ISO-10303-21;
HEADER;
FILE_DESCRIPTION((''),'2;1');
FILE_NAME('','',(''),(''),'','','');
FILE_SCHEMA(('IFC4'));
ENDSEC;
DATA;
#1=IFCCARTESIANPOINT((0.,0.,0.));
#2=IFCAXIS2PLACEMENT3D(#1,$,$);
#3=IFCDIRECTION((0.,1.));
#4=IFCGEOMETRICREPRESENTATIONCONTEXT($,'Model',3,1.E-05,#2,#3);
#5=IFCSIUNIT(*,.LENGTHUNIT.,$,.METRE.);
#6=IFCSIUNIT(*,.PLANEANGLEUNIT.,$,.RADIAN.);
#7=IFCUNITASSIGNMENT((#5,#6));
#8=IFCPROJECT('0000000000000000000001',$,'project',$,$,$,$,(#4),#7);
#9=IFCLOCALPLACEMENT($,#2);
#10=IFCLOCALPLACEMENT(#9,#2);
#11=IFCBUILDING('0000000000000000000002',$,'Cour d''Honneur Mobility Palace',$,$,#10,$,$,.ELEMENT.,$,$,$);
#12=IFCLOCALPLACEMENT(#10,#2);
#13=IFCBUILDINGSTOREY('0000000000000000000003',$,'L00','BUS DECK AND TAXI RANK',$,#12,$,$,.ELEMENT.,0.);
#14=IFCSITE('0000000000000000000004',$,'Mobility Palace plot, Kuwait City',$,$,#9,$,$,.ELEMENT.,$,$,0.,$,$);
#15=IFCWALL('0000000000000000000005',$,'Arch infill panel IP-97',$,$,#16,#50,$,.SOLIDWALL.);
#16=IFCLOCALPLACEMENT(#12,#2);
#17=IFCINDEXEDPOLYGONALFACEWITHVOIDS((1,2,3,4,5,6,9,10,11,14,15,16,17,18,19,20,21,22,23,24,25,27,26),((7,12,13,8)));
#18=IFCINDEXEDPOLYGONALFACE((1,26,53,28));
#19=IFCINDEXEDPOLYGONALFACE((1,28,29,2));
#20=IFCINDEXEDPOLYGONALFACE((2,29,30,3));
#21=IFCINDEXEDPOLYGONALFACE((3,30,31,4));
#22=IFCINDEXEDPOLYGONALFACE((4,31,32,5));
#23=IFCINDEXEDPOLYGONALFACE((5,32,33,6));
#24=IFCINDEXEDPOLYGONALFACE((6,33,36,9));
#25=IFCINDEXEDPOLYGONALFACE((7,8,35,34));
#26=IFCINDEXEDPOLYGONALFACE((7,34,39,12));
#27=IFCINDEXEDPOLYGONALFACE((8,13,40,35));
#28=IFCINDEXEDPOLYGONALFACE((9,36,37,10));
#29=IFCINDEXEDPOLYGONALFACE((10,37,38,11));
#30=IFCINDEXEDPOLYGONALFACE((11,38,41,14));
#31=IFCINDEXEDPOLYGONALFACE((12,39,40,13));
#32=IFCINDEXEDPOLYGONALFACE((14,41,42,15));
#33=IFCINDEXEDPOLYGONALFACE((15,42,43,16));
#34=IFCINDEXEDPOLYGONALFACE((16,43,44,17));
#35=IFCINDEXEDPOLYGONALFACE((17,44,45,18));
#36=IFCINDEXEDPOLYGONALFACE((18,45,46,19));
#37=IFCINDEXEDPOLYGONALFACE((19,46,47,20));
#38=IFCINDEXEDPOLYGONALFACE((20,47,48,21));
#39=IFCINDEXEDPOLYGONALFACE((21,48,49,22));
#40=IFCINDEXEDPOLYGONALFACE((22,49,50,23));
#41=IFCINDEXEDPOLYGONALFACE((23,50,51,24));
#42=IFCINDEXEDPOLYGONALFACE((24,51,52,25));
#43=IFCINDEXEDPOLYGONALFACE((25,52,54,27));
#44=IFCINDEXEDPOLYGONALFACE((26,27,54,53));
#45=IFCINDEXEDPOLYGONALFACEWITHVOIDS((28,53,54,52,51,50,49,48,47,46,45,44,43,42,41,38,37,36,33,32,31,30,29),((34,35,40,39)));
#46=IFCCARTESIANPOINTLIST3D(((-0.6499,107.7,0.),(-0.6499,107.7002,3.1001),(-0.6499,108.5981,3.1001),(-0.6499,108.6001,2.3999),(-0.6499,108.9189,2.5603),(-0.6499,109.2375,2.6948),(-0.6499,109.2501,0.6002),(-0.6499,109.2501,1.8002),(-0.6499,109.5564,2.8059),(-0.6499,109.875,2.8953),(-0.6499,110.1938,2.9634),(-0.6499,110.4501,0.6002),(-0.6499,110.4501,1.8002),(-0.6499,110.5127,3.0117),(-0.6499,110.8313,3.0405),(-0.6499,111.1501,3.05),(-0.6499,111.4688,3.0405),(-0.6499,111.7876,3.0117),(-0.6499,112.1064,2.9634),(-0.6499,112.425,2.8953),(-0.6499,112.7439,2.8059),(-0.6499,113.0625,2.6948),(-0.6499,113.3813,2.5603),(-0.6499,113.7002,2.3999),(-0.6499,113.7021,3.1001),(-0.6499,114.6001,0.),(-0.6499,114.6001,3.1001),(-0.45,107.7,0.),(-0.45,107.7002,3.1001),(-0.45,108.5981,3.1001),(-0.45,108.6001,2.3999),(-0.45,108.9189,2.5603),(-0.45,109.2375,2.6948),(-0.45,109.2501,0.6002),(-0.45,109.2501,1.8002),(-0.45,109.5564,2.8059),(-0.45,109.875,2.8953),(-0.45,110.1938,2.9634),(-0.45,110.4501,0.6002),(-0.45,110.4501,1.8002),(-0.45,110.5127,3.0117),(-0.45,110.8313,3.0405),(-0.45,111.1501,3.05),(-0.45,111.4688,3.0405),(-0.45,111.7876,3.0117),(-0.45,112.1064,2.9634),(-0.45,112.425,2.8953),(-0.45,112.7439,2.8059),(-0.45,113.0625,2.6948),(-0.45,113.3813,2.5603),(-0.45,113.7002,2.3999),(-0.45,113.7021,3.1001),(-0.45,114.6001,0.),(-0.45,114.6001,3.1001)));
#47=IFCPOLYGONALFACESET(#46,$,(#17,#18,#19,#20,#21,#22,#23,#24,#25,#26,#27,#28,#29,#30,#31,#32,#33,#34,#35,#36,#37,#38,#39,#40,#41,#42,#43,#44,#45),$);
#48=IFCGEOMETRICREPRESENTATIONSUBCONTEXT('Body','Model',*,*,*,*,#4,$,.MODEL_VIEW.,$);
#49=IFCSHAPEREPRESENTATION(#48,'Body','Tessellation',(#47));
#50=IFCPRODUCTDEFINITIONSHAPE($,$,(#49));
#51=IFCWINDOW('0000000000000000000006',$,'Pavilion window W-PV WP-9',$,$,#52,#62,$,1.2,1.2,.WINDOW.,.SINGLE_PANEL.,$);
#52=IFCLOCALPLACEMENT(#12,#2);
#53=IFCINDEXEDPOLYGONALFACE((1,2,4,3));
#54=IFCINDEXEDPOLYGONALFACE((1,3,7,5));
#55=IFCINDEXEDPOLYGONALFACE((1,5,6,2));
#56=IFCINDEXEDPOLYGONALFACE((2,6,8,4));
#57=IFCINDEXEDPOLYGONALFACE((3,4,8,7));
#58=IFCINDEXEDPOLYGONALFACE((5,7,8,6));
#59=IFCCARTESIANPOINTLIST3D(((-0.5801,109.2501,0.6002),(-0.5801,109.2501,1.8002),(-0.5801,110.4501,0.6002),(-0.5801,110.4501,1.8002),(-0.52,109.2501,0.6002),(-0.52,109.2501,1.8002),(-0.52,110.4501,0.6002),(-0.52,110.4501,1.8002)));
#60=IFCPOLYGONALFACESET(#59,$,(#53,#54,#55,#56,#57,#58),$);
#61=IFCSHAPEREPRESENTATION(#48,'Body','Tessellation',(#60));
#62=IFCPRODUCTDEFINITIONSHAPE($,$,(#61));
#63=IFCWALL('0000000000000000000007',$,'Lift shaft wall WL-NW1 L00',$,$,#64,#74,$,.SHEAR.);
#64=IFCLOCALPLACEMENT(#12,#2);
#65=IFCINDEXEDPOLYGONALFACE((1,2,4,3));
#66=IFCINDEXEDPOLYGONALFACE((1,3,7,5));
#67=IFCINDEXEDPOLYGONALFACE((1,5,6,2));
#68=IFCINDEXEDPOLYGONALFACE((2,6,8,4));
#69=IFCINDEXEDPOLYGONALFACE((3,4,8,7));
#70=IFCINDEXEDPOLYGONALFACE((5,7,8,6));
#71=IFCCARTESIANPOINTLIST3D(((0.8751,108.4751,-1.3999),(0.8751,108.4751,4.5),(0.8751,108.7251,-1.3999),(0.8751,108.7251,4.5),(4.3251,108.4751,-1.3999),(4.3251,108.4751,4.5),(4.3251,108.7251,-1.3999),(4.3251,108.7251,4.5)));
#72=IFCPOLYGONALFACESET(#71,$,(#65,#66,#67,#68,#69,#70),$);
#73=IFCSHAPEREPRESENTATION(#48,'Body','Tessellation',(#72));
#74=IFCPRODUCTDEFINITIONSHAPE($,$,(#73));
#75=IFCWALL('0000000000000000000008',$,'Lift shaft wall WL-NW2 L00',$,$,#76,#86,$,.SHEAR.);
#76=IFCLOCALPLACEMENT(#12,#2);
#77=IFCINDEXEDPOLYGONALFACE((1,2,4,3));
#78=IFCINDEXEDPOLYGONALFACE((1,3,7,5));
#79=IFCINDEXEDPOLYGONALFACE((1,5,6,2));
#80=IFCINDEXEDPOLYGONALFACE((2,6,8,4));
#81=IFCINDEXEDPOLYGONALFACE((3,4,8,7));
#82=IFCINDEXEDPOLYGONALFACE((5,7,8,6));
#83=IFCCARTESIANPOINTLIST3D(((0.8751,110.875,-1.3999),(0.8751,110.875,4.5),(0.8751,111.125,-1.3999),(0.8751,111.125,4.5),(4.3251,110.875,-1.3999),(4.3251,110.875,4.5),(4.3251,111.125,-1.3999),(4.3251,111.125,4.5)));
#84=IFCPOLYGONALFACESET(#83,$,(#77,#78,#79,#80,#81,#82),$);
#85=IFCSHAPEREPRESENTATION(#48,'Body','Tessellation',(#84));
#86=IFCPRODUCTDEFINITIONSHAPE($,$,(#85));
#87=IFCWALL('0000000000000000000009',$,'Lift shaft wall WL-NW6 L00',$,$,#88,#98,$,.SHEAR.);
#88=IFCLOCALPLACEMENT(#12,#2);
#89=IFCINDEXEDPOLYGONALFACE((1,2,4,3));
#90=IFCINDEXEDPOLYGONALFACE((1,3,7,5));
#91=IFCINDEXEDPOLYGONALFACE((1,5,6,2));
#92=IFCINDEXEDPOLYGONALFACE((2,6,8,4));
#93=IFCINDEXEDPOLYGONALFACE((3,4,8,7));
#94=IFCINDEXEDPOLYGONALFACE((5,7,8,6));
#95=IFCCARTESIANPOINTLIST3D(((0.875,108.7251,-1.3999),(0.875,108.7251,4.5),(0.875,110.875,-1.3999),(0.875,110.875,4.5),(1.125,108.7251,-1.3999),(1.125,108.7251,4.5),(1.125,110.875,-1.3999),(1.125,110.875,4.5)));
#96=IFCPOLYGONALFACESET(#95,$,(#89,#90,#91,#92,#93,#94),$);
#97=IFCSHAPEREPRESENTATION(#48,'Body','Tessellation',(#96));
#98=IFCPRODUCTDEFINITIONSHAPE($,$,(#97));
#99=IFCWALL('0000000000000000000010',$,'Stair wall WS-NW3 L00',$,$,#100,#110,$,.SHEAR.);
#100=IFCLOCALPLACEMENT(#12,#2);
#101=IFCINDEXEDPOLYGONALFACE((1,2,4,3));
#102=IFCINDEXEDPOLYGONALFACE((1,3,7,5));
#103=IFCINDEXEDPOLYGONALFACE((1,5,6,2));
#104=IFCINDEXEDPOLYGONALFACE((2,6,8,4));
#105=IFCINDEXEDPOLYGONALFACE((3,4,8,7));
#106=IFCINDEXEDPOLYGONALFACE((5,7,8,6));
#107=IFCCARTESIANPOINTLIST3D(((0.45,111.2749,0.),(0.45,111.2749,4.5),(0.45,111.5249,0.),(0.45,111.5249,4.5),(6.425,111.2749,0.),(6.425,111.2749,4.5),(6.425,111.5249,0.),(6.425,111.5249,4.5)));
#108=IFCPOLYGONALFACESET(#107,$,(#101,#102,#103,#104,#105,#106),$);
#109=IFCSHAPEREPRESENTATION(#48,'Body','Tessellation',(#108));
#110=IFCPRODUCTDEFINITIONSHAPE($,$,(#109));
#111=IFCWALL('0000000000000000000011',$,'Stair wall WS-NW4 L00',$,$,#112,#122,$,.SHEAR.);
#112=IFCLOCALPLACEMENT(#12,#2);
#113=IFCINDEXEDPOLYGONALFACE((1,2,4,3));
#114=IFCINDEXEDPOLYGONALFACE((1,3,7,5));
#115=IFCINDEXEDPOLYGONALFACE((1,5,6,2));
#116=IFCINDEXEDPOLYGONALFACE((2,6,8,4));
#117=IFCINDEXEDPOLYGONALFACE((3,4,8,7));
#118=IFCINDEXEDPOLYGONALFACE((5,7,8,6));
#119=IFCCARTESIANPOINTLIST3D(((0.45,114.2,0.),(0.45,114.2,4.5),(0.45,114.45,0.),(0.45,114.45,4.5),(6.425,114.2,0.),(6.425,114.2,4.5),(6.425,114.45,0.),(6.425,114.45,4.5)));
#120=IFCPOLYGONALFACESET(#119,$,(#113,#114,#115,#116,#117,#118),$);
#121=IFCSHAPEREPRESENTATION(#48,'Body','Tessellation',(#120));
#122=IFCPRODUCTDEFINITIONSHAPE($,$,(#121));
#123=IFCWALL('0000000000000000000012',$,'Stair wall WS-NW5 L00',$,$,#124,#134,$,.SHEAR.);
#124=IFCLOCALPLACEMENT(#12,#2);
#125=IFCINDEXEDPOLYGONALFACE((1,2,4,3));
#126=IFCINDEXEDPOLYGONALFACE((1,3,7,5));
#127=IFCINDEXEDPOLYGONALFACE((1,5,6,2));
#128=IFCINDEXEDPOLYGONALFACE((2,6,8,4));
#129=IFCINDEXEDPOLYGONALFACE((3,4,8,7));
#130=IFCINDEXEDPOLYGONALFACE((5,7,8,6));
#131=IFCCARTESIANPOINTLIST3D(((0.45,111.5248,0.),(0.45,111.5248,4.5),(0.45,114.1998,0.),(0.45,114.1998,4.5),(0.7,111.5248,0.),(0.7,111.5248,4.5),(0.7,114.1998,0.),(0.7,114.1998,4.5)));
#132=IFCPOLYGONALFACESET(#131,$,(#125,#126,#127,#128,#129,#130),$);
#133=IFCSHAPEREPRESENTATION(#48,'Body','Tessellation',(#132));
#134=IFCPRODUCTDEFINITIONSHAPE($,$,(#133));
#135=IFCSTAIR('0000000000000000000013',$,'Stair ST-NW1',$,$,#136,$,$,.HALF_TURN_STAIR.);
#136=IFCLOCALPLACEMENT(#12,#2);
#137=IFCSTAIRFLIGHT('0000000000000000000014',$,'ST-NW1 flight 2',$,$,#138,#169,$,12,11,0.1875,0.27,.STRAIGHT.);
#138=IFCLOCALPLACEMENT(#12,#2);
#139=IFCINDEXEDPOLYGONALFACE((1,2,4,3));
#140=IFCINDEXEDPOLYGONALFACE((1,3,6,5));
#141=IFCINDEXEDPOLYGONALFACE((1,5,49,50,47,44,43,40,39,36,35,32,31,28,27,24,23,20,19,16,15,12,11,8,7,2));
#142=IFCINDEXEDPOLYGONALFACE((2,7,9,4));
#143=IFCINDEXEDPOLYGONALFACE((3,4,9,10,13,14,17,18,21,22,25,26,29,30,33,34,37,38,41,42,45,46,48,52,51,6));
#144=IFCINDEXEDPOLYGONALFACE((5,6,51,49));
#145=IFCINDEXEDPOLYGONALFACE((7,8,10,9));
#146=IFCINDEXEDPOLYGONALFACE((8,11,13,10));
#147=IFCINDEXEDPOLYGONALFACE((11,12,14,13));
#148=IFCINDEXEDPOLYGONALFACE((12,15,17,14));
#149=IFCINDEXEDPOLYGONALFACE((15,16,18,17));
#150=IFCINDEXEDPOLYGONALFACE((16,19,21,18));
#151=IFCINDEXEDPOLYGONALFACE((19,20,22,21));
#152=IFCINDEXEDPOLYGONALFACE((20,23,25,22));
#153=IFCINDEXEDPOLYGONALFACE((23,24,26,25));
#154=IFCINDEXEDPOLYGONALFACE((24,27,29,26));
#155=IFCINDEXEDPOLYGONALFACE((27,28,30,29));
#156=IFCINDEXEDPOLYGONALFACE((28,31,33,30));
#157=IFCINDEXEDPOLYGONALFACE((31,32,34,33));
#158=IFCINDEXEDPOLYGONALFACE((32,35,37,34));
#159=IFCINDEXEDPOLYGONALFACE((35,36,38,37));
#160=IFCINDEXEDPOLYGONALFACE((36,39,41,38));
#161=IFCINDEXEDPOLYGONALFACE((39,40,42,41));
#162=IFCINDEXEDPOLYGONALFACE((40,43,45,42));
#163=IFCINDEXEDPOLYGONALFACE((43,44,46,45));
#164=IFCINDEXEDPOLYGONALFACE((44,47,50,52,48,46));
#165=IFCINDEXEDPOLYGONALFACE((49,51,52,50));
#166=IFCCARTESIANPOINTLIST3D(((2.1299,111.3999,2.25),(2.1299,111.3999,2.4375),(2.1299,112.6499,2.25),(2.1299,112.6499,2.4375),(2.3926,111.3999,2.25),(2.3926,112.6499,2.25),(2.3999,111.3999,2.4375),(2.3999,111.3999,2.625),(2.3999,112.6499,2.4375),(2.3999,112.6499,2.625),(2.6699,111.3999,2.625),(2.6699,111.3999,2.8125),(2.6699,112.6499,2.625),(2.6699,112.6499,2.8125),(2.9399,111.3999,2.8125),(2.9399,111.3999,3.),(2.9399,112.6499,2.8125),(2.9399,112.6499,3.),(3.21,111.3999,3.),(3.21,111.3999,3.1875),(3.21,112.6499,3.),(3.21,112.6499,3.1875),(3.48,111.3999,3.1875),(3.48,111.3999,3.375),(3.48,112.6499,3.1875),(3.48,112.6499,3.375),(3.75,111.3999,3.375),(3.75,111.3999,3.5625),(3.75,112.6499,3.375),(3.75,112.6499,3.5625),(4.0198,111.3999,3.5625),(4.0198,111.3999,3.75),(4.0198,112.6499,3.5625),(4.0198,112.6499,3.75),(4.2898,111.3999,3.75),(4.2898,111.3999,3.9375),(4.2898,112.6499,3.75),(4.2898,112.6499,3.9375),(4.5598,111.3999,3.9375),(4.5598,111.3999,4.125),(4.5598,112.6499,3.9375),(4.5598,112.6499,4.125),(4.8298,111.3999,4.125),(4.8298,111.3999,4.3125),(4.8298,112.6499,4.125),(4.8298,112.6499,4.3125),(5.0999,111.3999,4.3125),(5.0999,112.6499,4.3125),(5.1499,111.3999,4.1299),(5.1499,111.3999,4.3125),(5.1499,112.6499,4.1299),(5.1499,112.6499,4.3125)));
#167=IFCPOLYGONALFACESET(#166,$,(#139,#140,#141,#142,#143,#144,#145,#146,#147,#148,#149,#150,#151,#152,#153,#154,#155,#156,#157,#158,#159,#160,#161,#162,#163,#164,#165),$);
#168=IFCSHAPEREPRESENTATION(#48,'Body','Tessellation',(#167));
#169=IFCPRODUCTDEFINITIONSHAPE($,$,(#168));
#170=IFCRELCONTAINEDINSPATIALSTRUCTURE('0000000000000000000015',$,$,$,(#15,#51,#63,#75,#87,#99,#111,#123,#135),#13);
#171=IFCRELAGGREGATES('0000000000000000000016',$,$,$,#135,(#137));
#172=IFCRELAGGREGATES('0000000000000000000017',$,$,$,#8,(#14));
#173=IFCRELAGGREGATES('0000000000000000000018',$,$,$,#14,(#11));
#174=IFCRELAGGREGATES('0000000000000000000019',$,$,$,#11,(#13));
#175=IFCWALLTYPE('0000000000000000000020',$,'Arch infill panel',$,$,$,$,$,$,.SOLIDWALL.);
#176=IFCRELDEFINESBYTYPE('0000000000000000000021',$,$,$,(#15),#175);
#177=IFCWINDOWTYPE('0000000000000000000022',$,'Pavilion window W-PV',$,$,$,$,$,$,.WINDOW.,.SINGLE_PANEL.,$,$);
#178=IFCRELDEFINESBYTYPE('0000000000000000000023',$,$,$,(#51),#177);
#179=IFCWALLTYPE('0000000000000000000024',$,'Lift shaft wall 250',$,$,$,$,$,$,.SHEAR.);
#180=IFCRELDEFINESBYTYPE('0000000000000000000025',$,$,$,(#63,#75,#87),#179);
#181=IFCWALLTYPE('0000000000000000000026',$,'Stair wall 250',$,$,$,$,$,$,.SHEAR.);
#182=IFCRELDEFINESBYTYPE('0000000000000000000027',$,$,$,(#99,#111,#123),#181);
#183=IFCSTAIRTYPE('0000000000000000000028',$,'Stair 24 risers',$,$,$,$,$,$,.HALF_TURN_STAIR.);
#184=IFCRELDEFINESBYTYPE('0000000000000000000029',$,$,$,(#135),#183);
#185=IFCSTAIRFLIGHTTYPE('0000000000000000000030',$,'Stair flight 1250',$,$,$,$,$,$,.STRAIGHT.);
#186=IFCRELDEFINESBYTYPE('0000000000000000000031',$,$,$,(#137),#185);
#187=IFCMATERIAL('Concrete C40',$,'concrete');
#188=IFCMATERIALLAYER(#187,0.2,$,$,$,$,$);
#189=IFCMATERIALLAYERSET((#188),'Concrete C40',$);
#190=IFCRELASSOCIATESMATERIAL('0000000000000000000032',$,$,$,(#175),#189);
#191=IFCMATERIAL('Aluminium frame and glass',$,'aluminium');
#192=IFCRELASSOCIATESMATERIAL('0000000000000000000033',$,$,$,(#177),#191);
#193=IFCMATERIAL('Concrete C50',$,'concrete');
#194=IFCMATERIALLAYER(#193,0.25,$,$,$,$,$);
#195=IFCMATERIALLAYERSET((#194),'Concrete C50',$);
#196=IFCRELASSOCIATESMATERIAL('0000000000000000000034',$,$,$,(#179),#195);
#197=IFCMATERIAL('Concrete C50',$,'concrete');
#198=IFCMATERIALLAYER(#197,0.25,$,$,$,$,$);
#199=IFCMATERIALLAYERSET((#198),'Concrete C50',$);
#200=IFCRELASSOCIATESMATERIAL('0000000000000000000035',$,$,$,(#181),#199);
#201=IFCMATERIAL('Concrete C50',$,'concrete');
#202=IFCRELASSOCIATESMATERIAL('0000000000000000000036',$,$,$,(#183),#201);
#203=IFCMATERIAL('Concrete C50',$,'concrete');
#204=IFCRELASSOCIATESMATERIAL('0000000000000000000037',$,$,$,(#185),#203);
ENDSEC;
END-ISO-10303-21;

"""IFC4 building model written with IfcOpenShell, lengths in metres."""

from ifc_helpers import new_model, si_unit, direction, frame, frame_2d, origin, place, context, subcontext, project, spatial, polyline, rectangle, outline, extrude, material, layer, layer_set, type_object, element, fill, aggregate, save


model = new_model("IFC4")

# Units and contexts
model_context = context("Model", 3, precision=1e-05, world=origin(), true_north=direction((0.0, 1.0)))
body_context = subcontext(model_context, "Body", "Model", "MODEL_VIEW")
ifc_project = project(units=[si_unit("LENGTHUNIT", "METRE"), si_unit("PLANEANGLEUNIT", "RADIAN")], contexts=[model_context])

# Site, building, storey
site_placement = place(None, origin())
site = spatial("IfcSite", under=ifc_project, at=site_placement, Name="Mobility Palace plot, Kuwait City", CompositionType="ELEMENT", RefElevation=0.0)
building_placement = place(site_placement, origin())
building = spatial("IfcBuilding", under=site, at=building_placement, Name="Cour d'Honneur Mobility Palace", CompositionType="ELEMENT")
storey_placement = place(building_placement, origin())
storey = spatial("IfcBuildingStorey", under=building, at=storey_placement, Name="L00", Description="BUS DECK AND TAXI RANK", CompositionType="ELEMENT", Elevation=0.0)

# Wall, opening, window
ifc_material_1 = material(Name="Concrete C40", Category="concrete")
ifc_layer_1 = layer(ifc_material_1, 0.2)
ifc_layer_set_1 = layer_set([ifc_layer_1], Name="Concrete C40")
wall_type_1 = type_object("IfcWallType", Name="Arch infill panel", PredefinedType="SOLIDWALL", material=ifc_layer_set_1)
wall_1_placement = place(storey_placement, frame((-0.55, 114.6001, 0.0), z_axis=(0.0, 0.0, 1.0), x_axis=(0.0, -1.0, 0.0)))
wall_1 = element("IfcWall", 1, at=wall_1_placement, inside=storey, type_object=wall_type_1, Name="Arch infill panel IP-97", PredefinedType="SOLIDWALL", context=body_context, shape_type="SweptSolid", body=[
    extrude(outline(polyline([(0.0, 0.0), (6.9001, 0.0), (6.8999, 3.1001), (6.002, 3.1001), (6.0, 2.3999), (5.6812, 2.5603), (5.3625, 2.6948), (5.0437, 2.8059), (4.7251, 2.8953), (4.4062, 2.9634), (4.0874, 3.0117), (3.7688, 3.0405), (3.45, 3.05), (3.1313, 3.0405), (2.8125, 3.0117), (2.4937, 2.9634), (2.175, 2.8953), (1.8562, 2.8059), (1.5376, 2.6948), (1.2188, 2.5603), (0.8999, 2.3999), (0.8979, 3.1001), (0.0, 3.1001), (0.0, 0.0)])), frame((0.0, 0.1001, 0.0), z_axis=(0.0, -1.0, 0.0), x_axis=(1.0, 0.0, 0.0)), (0.0, 0.0, 1.0), 0.2),
])
opening_placement = place(wall_1_placement, frame((4.1499, 0.0, 0.6001)))
opening = element("IfcOpeningElement", 2, at=opening_placement, cuts=wall_1, PredefinedType="OPENING", context=body_context, shape_type="SweptSolid", body=[
    extrude(rectangle(XDim=1.2, YDim=1.2, at=frame_2d((0.6001, 0.6001))), frame((0.0, 0.1099, 0.0), z_axis=(0.0, -1.0, 0.0), x_axis=(1.0, 0.0, 0.0)), (0.0, 0.0, 1.0), 0.22),
])
ifc_material_2 = material(Name="Aluminium frame and glass", Category="aluminium")
window_type = type_object("IfcWindowType", Name="Pavilion window W-PV", PartitioningType="SINGLE_PANEL", PredefinedType="WINDOW", material=ifc_material_2)
window_placement = place(opening_placement, origin())
window = element("IfcWindow", 3, at=window_placement, inside=storey, type_object=window_type, Name="Pavilion window W-PV WP-9", OverallHeight=1.2, OverallWidth=1.2, PartitioningType="SINGLE_PANEL", PredefinedType="WINDOW", context=body_context, shape_type="SweptSolid", body=[
    extrude(rectangle(XDim=1.2, YDim=1.2, at=frame_2d((0.6001, 0.6001))), frame((0.0, 0.03, 0.0), z_axis=(0.0, -1.0, 0.0), x_axis=(1.0, 0.0, 0.0)), (0.0, 0.0, 1.0), 0.0601),
])
fill(opening, window)

# Walls
ifc_material_3 = material(Name="Concrete C50", Category="concrete")
ifc_layer_2 = layer(ifc_material_3, 0.25)
ifc_layer_set_2 = layer_set([ifc_layer_2], Name="Concrete C50")
wall_type_2 = type_object("IfcWallType", Name="Lift shaft wall 250", PredefinedType="SHEAR", material=ifc_layer_set_2)
for number, where, z_axis, x_axis, name in (
    (4, (0.875, 108.6001, -1.3999), (0.0, 0.0, 1.0), (1.0, 0.0, 0.0), "Lift shaft wall WL-NW1 L00"),
    (5, (0.875, 111.0, -1.3999), (0.0, 0.0, 1.0), (1.0, 0.0, 0.0), "Lift shaft wall WL-NW2 L00"),
):
    element("IfcWall", number, at=place(storey_placement, frame(where, z_axis=z_axis, x_axis=x_axis)), inside=storey, type_object=wall_type_2, Name=name, PredefinedType="SHEAR", context=body_context, shape_type="SweptSolid", body=[
        extrude(rectangle(XDim=3.45, YDim=0.25, at=frame_2d((1.7251, 0.0))), origin(), (0.0, 0.0, 1.0), 5.8999),
    ])
wall_2_placement = place(storey_placement, frame((1.0, 108.7251, -1.3999), z_axis=(0.0, 0.0, 1.0), x_axis=(0.0, 1.0, 0.0)))
element("IfcWall", 6, at=wall_2_placement, inside=storey, type_object=wall_type_2, Name="Lift shaft wall WL-NW6 L00", PredefinedType="SHEAR", context=body_context, shape_type="SweptSolid", body=[
    extrude(rectangle(XDim=2.1499, YDim=0.25, at=frame_2d((1.075, 0.0))), origin(), (0.0, 0.0, 1.0), 5.8999),
])
ifc_material_4 = material(Name="Concrete C50", Category="concrete")
ifc_layer_3 = layer(ifc_material_4, 0.25)
ifc_layer_set_3 = layer_set([ifc_layer_3], Name="Concrete C50")
wall_type_3 = type_object("IfcWallType", Name="Stair wall 250", PredefinedType="SHEAR", material=ifc_layer_set_3)
for number, where, z_axis, x_axis, name in (
    (7, (0.45, 111.3999, 0.0), (0.0, 0.0, 1.0), (1.0, 0.0, 0.0), "Stair wall WS-NW3 L00"),
    (8, (0.45, 114.325, 0.0), (0.0, 0.0, 1.0), (1.0, 0.0, 0.0), "Stair wall WS-NW4 L00"),
):
    element("IfcWall", number, at=place(storey_placement, frame(where, z_axis=z_axis, x_axis=x_axis)), inside=storey, type_object=wall_type_3, Name=name, PredefinedType="SHEAR", context=body_context, shape_type="SweptSolid", body=[
        extrude(rectangle(XDim=5.9751, YDim=0.25, at=frame_2d((2.9875, 0.0))), origin(), (0.0, 0.0, 1.0), 4.5),
    ])
wall_3_placement = place(storey_placement, frame((0.575, 111.5249, 0.0), z_axis=(0.0, 0.0, 1.0), x_axis=(0.0, 1.0, 0.0)))
element("IfcWall", 9, at=wall_3_placement, inside=storey, type_object=wall_type_3, Name="Stair wall WS-NW5 L00", PredefinedType="SHEAR", context=body_context, shape_type="SweptSolid", body=[
    extrude(rectangle(XDim=2.675, YDim=0.25, at=frame_2d((1.3374, 0.0))), origin(), (0.0, 0.0, 1.0), 4.5),
])

# Stair, stair flight
ifc_material_5 = material(Name="Concrete C50", Category="concrete")
stair_type = type_object("IfcStairType", Name="Stair 24 risers", PredefinedType="HALF_TURN_STAIR", material=ifc_material_5)
stair_placement = place(storey_placement, origin())
stair = element("IfcStair", 10, at=stair_placement, inside=storey, type_object=stair_type, Name="Stair ST-NW1", PredefinedType="HALF_TURN_STAIR")
ifc_material_6 = material(Name="Concrete C50", Category="concrete")
stair_flight_type = type_object("IfcStairFlightType", Name="Stair flight 1250", PredefinedType="STRAIGHT", material=ifc_material_6)
stair_flight_placement = place(storey_placement, frame((2.1299, 112.0249, 2.25), z_axis=(0.0, 0.0, 1.0), x_axis=(1.0, 0.0, 0.0)))
stair_flight = element("IfcStairFlight", 11, at=stair_flight_placement, type_object=stair_flight_type, Name="ST-NW1 flight 2", NumberOfRisers=12, NumberOfTreads=11, PredefinedType="STRAIGHT", RiserHeight=0.1875, TreadLength=0.27, context=body_context, shape_type="SweptSolid", body=[
    extrude(outline(polyline([(0.0, 0.0), (0.0, 0.1875), (0.27, 0.1875), (0.27, 0.375), (0.54, 0.375), (0.54, 0.5625), (0.8101, 0.5625), (0.8101, 0.75), (1.0801, 0.75), (1.0801, 0.9375), (1.3501, 0.9375), (1.3501, 1.125), (1.6201, 1.125), (1.6201, 1.3125), (1.8899, 1.3125), (1.8899, 1.5), (2.1599, 1.5), (2.1599, 1.6875), (2.4299, 1.6875), (2.4299, 1.875), (2.7, 1.875), (2.7, 2.0625), (2.97, 2.0625), (3.02, 2.0625), (3.02, 1.8799), (0.2627, 0.0), (0.0, 0.0)])), frame((0.0, 0.625, 0.0), z_axis=(0.0, -1.0, 0.0), x_axis=(1.0, 0.0, 0.0)), (0.0, 0.0, 1.0), 1.25),
])
aggregate(stair, [stair_flight])

save(model, "model.ifc")
